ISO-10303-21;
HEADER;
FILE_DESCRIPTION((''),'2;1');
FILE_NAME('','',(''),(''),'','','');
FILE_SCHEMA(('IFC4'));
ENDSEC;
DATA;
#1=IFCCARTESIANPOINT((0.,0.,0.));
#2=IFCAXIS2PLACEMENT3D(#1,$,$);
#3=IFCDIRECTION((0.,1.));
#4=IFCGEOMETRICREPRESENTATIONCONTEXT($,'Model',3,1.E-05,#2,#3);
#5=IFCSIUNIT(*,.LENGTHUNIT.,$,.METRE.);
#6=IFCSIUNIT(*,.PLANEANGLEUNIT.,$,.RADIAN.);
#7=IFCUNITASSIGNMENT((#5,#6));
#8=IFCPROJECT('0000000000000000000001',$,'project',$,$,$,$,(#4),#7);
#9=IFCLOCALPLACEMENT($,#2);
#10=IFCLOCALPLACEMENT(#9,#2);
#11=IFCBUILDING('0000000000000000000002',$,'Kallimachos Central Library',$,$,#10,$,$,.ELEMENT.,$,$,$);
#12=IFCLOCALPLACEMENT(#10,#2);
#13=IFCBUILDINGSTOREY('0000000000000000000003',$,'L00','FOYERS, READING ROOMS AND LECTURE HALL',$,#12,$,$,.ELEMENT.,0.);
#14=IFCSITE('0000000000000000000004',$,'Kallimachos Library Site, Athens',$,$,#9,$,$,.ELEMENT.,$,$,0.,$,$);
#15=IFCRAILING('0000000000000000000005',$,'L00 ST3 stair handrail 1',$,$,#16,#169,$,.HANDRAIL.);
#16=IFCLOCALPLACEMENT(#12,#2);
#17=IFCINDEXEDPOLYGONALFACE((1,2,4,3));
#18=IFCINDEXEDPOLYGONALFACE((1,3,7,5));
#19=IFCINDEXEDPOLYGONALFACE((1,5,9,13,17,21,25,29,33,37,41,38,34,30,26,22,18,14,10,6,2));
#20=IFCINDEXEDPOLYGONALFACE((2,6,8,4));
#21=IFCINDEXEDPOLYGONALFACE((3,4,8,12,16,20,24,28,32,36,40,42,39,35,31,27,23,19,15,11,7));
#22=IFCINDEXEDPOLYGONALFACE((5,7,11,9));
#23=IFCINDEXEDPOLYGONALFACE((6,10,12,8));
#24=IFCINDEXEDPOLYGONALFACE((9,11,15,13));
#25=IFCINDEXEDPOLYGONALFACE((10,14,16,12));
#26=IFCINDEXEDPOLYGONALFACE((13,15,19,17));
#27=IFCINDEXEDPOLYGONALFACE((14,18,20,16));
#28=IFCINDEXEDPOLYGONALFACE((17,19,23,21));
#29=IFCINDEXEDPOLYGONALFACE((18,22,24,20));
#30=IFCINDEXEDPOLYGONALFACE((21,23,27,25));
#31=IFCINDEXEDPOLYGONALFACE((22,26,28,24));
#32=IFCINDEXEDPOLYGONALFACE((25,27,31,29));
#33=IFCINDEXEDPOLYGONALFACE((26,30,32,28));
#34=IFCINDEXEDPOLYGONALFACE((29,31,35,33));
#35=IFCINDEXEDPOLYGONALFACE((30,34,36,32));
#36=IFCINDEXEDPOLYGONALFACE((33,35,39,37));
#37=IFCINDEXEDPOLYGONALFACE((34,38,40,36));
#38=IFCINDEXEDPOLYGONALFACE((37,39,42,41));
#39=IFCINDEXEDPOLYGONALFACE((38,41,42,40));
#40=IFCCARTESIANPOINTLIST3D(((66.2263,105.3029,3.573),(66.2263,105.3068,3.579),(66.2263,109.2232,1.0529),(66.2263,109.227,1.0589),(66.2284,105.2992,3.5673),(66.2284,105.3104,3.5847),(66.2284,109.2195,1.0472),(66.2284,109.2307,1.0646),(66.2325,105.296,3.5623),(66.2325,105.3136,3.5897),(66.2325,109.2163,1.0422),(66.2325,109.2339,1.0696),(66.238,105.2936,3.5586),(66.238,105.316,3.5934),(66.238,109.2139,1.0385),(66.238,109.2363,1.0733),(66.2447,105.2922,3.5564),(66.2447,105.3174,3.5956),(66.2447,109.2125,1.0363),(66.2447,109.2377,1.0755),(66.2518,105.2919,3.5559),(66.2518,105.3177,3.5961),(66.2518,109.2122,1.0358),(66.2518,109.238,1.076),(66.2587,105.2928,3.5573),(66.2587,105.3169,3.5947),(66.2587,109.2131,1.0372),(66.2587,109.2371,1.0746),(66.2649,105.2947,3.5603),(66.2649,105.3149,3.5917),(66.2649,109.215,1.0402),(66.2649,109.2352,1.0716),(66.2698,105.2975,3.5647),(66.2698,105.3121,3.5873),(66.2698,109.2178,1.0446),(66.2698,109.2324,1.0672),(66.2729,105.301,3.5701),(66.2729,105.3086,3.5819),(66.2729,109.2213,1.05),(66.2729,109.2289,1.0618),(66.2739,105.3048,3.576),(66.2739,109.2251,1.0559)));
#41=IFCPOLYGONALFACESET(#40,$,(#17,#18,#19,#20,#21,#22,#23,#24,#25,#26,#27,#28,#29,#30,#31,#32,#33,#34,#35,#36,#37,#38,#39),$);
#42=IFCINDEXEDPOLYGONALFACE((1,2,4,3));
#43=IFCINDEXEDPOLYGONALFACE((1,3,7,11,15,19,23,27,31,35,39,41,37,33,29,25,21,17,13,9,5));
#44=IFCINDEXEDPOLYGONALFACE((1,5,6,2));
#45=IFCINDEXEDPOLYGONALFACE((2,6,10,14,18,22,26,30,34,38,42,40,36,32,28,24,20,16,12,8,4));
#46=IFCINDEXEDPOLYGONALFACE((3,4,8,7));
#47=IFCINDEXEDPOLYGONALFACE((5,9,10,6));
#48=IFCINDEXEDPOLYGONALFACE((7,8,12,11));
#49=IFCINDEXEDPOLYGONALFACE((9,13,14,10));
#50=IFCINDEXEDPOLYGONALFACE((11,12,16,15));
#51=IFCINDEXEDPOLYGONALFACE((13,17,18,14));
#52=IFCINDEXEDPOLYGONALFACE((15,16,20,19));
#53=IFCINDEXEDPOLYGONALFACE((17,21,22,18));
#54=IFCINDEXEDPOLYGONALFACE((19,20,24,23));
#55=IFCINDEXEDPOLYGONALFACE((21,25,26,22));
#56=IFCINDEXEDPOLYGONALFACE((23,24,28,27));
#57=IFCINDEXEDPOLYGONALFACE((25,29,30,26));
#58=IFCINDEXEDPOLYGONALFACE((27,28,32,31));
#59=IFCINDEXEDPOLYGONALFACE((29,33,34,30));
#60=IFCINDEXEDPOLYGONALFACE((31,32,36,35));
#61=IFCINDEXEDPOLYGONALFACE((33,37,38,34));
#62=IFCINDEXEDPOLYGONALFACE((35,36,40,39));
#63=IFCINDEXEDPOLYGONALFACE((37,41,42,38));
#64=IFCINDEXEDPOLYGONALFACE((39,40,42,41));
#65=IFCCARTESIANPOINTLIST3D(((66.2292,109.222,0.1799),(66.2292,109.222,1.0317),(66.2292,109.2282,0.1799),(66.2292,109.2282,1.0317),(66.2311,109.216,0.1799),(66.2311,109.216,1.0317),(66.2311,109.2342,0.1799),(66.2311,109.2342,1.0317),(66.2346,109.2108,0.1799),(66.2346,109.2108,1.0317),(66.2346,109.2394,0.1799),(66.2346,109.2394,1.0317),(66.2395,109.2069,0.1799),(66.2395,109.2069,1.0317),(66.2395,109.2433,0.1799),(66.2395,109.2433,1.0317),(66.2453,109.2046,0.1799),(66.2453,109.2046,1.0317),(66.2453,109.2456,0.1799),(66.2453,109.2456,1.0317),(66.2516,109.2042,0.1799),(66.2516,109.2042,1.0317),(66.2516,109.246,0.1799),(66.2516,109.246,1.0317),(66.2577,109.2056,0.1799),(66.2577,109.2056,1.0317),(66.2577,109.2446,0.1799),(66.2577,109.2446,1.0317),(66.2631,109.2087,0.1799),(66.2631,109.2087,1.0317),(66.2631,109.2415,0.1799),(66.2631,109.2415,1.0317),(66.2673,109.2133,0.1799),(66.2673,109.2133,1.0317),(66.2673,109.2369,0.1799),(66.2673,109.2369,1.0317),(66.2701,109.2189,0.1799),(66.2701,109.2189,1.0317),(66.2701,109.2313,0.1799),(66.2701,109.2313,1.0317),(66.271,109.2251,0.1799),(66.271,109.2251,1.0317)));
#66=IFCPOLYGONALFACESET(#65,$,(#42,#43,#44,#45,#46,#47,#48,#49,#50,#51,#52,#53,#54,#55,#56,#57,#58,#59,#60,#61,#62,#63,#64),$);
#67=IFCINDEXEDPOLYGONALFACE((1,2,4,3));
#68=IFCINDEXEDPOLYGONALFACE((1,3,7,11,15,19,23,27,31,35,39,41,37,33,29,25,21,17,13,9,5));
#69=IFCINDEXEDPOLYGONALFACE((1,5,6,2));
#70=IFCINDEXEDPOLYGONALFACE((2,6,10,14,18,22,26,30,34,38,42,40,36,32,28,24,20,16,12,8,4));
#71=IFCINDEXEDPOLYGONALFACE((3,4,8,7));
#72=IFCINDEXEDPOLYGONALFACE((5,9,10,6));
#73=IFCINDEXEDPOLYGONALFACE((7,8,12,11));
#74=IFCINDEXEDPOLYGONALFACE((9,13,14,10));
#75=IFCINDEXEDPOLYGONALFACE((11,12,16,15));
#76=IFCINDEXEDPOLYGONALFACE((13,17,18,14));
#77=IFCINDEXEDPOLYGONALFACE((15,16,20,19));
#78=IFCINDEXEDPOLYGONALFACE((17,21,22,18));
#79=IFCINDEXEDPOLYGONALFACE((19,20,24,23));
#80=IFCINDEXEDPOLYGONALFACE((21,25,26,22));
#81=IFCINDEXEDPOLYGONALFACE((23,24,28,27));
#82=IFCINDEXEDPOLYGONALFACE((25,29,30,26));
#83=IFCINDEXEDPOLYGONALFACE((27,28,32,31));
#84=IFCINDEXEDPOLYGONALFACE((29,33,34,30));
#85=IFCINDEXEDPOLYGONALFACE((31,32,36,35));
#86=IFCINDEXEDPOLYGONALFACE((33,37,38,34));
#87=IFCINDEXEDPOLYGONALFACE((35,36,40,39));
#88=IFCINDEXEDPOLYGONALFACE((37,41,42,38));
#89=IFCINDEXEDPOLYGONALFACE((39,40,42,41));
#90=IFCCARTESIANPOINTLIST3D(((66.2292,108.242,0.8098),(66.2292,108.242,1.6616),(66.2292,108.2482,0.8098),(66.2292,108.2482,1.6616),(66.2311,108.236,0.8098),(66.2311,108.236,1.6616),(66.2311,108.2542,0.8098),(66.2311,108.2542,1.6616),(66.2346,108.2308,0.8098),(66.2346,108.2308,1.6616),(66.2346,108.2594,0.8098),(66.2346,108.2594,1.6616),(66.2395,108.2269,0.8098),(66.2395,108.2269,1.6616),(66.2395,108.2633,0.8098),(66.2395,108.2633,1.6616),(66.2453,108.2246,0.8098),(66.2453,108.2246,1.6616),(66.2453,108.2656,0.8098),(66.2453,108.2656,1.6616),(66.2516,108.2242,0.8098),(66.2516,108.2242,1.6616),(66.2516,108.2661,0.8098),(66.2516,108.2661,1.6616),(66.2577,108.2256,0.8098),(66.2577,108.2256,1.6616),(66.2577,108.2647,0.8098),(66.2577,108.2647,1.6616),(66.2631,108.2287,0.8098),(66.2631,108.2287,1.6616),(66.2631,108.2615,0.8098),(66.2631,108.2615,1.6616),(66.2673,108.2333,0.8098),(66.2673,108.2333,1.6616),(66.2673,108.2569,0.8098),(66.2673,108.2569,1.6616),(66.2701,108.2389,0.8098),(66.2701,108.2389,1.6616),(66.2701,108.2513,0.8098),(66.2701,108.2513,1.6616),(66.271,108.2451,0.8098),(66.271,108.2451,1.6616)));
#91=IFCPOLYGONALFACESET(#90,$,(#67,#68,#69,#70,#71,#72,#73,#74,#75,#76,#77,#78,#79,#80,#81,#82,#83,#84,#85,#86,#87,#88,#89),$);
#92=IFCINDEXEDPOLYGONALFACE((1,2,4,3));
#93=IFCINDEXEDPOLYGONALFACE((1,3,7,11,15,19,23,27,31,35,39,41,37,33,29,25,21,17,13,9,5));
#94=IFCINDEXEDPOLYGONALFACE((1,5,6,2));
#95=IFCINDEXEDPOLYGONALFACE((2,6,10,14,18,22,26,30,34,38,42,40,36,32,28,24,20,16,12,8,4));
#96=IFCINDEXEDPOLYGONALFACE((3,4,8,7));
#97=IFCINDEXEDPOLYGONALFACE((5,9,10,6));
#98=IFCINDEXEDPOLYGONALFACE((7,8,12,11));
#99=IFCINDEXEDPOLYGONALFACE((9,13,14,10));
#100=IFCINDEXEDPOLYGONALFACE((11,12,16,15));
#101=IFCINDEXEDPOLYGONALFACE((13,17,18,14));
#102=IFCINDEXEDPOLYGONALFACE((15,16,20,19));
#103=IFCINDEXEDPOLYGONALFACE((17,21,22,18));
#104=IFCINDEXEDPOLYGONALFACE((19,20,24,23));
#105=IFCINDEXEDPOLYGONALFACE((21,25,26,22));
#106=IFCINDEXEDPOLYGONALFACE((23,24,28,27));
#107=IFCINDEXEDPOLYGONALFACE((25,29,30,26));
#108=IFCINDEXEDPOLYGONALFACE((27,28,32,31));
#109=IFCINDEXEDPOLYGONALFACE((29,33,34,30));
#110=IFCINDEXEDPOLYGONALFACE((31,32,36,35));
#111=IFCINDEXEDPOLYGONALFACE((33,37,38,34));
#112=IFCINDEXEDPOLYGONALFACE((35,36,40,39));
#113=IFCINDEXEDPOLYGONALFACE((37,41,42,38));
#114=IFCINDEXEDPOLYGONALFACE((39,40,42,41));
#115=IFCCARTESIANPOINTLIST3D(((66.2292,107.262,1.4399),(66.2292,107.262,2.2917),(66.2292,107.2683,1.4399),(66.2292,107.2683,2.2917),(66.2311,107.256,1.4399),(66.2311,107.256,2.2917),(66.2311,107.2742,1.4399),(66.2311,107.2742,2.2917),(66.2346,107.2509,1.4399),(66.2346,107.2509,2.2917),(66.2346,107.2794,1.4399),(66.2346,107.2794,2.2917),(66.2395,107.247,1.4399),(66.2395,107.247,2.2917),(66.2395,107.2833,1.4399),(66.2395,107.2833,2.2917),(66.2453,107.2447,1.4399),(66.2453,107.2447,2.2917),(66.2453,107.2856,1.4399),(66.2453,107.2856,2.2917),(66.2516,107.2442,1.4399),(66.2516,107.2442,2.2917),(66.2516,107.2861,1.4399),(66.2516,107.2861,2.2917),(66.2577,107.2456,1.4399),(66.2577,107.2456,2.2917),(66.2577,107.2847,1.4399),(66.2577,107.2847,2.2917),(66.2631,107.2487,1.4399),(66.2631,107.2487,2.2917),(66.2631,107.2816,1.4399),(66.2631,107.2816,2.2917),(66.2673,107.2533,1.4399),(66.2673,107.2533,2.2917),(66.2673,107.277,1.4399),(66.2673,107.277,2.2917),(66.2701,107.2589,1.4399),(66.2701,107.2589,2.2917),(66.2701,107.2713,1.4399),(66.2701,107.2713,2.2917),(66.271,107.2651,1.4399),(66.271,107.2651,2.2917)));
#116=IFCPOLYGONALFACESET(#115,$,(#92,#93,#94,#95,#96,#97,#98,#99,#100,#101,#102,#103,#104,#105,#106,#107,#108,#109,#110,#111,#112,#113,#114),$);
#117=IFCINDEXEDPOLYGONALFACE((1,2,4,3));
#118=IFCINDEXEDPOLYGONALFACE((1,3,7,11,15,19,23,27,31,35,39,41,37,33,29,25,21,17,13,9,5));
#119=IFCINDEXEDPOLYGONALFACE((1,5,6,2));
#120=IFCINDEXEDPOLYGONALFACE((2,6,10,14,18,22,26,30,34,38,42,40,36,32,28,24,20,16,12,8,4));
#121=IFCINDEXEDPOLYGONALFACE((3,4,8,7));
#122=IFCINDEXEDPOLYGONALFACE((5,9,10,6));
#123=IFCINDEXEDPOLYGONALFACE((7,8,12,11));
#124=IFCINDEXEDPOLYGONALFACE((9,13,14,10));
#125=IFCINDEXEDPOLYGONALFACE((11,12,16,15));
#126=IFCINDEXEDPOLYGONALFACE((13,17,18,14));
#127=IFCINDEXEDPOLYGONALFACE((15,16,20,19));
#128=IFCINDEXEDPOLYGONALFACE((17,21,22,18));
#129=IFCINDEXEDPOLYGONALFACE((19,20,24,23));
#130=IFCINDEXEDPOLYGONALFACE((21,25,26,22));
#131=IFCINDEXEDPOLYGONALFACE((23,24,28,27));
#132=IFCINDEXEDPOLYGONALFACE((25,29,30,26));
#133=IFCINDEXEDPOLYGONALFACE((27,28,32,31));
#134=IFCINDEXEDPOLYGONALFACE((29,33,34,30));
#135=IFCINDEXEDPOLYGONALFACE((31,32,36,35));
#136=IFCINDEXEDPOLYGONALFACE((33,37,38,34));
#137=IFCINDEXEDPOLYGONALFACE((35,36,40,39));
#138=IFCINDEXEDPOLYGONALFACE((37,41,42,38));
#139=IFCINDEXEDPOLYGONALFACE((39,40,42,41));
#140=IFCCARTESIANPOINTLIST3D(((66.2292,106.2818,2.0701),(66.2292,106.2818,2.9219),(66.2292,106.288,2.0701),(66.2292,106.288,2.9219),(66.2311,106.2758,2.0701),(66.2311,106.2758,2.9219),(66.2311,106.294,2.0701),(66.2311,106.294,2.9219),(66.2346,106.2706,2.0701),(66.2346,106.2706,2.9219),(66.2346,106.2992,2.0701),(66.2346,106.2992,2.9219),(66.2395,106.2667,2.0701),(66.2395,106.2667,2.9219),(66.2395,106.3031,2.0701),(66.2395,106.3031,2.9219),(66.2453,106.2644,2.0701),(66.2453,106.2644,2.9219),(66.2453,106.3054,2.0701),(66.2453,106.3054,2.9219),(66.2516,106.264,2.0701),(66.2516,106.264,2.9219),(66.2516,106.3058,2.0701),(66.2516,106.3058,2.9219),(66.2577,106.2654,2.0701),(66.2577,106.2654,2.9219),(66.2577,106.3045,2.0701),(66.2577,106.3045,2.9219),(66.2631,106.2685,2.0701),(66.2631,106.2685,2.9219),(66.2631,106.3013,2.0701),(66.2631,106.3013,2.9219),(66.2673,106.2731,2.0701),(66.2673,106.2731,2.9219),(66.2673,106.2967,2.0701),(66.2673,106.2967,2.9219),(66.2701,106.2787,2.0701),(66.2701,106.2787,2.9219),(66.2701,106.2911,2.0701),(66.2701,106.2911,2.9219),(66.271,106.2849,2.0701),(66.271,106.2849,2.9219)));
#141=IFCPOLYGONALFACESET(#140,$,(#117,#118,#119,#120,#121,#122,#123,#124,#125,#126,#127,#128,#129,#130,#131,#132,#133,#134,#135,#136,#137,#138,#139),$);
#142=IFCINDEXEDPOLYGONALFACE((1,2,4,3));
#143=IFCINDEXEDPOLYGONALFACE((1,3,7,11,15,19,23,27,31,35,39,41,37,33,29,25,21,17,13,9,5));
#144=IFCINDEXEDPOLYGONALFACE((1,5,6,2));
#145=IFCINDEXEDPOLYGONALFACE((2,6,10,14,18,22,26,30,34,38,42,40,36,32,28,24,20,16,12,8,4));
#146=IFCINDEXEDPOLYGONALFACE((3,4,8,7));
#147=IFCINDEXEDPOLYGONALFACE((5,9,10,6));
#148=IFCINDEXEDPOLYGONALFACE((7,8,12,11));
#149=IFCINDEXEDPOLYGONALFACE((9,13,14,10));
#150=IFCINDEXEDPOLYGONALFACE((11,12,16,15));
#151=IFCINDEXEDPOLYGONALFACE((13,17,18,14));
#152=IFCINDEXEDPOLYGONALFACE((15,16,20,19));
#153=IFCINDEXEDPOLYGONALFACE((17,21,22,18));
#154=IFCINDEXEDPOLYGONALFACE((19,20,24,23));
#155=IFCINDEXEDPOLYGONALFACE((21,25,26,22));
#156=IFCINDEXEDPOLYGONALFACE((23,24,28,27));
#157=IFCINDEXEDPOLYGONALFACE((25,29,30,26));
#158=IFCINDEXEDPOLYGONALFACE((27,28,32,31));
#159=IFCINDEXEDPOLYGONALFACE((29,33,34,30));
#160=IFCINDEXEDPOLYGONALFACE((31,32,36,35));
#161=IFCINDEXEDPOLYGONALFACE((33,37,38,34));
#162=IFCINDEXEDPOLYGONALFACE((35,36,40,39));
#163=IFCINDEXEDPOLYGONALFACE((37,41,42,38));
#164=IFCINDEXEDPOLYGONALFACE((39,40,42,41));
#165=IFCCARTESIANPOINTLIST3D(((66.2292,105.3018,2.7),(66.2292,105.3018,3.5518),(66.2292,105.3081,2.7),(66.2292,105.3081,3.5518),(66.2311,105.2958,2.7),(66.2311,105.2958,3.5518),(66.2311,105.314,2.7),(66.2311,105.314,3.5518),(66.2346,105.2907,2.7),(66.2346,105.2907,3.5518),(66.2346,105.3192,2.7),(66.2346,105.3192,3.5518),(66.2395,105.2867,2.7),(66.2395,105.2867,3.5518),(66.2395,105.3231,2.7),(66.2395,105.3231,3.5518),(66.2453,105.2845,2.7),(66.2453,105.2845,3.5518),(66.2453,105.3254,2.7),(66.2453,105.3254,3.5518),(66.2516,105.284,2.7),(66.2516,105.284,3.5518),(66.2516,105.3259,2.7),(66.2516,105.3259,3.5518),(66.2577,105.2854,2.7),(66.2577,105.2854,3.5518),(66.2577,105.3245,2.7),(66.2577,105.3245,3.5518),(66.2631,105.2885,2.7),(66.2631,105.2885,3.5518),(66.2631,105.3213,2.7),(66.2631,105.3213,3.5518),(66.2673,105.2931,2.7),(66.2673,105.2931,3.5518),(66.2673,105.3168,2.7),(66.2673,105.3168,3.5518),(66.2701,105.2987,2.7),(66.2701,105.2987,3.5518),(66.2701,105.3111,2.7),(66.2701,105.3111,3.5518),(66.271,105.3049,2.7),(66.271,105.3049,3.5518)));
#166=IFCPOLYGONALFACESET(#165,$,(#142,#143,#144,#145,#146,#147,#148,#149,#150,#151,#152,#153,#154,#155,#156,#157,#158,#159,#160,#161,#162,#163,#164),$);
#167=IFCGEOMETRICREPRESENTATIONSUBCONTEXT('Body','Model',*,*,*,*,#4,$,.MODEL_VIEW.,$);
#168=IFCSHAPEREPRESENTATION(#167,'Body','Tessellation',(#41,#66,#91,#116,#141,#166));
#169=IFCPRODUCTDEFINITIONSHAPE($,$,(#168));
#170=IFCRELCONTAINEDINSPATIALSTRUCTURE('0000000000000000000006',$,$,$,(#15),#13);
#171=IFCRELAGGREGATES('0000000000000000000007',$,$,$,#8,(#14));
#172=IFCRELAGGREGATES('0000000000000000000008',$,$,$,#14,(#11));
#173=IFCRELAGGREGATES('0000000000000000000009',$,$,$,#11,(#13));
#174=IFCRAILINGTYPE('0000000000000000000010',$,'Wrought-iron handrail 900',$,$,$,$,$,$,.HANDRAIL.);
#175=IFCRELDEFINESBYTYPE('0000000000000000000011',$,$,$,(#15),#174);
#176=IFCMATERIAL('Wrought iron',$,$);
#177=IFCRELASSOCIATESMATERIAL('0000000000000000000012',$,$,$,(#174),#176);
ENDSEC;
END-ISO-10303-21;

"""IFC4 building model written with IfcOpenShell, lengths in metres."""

from ifc_helpers import new_model, si_unit, direction, frame, origin, origin_2d, place, context, subcontext, project, spatial, circle, extrude, material, type_object, element, save


model = new_model("IFC4")

# Units and contexts
model_context = context("Model", 3, precision=1e-05, world=origin(), true_north=direction((0.0, 1.0)))
body_context = subcontext(model_context, "Body", "Model", "MODEL_VIEW")
ifc_project = project(units=[si_unit("LENGTHUNIT", "METRE"), si_unit("PLANEANGLEUNIT", "RADIAN")], contexts=[model_context])

# Site, building, storey
site_placement = place(None, origin())
site = spatial("IfcSite", under=ifc_project, at=site_placement, Name="Kallimachos Library Site, Athens", CompositionType="ELEMENT", RefElevation=0.0)
building_placement = place(site_placement, origin())
building = spatial("IfcBuilding", under=site, at=building_placement, Name="Kallimachos Central Library", CompositionType="ELEMENT")
storey_placement = place(building_placement, origin())
storey = spatial("IfcBuildingStorey", under=building, at=storey_placement, Name="L00", Description="FOYERS, READING ROOMS AND LECTURE HALL", CompositionType="ELEMENT", Elevation=0.0)

# Railing
ifc_material_1 = material(Name="Wrought iron")
railing_type_1 = type_object("IfcRailingType", Name="Wrought-iron handrail 900", PredefinedType="HANDRAIL", material=ifc_material_1)
railing_1_placement = place(storey_placement, frame((66.25, 109.2251, 0.1799)))
element("IfcRailing", 1, at=railing_1_placement, inside=storey, type_object=railing_type_1, Name="L00 ST3 stair handrail 1", PredefinedType="HANDRAIL", context=body_context, shape_type="SweptSolid", body=[
    extrude(circle(Radius=0.0239, at=origin_2d()), frame((0.0, 0.0, 0.876), z_axis=(0.0, -0.841187, 0.540744), x_axis=(1.0, 0.0, 0.0)), (0.0, 0.0, 1.0), 4.6604),
    extrude(circle(Radius=0.021, at=origin_2d()), origin(), (0.0, 0.0, 1.0), 0.8518),
    extrude(circle(Radius=0.021, at=origin_2d()), frame((0.0, -0.98, 0.6299)), (0.0, 0.0, 1.0), 0.8518),
    extrude(circle(Radius=0.021, at=origin_2d()), frame((0.0, -1.96, 1.26)), (0.0, 0.0, 1.0), 0.8518),
    extrude(circle(Radius=0.021, at=origin_2d()), frame((0.0, -2.9402, 1.8901)), (0.0, 0.0, 1.0), 0.8518),
    extrude(circle(Radius=0.021, at=origin_2d()), frame((0.0, -3.9202, 2.52)), (0.0, 0.0, 1.0), 0.8518),
])

save(model, "model.ifc")
